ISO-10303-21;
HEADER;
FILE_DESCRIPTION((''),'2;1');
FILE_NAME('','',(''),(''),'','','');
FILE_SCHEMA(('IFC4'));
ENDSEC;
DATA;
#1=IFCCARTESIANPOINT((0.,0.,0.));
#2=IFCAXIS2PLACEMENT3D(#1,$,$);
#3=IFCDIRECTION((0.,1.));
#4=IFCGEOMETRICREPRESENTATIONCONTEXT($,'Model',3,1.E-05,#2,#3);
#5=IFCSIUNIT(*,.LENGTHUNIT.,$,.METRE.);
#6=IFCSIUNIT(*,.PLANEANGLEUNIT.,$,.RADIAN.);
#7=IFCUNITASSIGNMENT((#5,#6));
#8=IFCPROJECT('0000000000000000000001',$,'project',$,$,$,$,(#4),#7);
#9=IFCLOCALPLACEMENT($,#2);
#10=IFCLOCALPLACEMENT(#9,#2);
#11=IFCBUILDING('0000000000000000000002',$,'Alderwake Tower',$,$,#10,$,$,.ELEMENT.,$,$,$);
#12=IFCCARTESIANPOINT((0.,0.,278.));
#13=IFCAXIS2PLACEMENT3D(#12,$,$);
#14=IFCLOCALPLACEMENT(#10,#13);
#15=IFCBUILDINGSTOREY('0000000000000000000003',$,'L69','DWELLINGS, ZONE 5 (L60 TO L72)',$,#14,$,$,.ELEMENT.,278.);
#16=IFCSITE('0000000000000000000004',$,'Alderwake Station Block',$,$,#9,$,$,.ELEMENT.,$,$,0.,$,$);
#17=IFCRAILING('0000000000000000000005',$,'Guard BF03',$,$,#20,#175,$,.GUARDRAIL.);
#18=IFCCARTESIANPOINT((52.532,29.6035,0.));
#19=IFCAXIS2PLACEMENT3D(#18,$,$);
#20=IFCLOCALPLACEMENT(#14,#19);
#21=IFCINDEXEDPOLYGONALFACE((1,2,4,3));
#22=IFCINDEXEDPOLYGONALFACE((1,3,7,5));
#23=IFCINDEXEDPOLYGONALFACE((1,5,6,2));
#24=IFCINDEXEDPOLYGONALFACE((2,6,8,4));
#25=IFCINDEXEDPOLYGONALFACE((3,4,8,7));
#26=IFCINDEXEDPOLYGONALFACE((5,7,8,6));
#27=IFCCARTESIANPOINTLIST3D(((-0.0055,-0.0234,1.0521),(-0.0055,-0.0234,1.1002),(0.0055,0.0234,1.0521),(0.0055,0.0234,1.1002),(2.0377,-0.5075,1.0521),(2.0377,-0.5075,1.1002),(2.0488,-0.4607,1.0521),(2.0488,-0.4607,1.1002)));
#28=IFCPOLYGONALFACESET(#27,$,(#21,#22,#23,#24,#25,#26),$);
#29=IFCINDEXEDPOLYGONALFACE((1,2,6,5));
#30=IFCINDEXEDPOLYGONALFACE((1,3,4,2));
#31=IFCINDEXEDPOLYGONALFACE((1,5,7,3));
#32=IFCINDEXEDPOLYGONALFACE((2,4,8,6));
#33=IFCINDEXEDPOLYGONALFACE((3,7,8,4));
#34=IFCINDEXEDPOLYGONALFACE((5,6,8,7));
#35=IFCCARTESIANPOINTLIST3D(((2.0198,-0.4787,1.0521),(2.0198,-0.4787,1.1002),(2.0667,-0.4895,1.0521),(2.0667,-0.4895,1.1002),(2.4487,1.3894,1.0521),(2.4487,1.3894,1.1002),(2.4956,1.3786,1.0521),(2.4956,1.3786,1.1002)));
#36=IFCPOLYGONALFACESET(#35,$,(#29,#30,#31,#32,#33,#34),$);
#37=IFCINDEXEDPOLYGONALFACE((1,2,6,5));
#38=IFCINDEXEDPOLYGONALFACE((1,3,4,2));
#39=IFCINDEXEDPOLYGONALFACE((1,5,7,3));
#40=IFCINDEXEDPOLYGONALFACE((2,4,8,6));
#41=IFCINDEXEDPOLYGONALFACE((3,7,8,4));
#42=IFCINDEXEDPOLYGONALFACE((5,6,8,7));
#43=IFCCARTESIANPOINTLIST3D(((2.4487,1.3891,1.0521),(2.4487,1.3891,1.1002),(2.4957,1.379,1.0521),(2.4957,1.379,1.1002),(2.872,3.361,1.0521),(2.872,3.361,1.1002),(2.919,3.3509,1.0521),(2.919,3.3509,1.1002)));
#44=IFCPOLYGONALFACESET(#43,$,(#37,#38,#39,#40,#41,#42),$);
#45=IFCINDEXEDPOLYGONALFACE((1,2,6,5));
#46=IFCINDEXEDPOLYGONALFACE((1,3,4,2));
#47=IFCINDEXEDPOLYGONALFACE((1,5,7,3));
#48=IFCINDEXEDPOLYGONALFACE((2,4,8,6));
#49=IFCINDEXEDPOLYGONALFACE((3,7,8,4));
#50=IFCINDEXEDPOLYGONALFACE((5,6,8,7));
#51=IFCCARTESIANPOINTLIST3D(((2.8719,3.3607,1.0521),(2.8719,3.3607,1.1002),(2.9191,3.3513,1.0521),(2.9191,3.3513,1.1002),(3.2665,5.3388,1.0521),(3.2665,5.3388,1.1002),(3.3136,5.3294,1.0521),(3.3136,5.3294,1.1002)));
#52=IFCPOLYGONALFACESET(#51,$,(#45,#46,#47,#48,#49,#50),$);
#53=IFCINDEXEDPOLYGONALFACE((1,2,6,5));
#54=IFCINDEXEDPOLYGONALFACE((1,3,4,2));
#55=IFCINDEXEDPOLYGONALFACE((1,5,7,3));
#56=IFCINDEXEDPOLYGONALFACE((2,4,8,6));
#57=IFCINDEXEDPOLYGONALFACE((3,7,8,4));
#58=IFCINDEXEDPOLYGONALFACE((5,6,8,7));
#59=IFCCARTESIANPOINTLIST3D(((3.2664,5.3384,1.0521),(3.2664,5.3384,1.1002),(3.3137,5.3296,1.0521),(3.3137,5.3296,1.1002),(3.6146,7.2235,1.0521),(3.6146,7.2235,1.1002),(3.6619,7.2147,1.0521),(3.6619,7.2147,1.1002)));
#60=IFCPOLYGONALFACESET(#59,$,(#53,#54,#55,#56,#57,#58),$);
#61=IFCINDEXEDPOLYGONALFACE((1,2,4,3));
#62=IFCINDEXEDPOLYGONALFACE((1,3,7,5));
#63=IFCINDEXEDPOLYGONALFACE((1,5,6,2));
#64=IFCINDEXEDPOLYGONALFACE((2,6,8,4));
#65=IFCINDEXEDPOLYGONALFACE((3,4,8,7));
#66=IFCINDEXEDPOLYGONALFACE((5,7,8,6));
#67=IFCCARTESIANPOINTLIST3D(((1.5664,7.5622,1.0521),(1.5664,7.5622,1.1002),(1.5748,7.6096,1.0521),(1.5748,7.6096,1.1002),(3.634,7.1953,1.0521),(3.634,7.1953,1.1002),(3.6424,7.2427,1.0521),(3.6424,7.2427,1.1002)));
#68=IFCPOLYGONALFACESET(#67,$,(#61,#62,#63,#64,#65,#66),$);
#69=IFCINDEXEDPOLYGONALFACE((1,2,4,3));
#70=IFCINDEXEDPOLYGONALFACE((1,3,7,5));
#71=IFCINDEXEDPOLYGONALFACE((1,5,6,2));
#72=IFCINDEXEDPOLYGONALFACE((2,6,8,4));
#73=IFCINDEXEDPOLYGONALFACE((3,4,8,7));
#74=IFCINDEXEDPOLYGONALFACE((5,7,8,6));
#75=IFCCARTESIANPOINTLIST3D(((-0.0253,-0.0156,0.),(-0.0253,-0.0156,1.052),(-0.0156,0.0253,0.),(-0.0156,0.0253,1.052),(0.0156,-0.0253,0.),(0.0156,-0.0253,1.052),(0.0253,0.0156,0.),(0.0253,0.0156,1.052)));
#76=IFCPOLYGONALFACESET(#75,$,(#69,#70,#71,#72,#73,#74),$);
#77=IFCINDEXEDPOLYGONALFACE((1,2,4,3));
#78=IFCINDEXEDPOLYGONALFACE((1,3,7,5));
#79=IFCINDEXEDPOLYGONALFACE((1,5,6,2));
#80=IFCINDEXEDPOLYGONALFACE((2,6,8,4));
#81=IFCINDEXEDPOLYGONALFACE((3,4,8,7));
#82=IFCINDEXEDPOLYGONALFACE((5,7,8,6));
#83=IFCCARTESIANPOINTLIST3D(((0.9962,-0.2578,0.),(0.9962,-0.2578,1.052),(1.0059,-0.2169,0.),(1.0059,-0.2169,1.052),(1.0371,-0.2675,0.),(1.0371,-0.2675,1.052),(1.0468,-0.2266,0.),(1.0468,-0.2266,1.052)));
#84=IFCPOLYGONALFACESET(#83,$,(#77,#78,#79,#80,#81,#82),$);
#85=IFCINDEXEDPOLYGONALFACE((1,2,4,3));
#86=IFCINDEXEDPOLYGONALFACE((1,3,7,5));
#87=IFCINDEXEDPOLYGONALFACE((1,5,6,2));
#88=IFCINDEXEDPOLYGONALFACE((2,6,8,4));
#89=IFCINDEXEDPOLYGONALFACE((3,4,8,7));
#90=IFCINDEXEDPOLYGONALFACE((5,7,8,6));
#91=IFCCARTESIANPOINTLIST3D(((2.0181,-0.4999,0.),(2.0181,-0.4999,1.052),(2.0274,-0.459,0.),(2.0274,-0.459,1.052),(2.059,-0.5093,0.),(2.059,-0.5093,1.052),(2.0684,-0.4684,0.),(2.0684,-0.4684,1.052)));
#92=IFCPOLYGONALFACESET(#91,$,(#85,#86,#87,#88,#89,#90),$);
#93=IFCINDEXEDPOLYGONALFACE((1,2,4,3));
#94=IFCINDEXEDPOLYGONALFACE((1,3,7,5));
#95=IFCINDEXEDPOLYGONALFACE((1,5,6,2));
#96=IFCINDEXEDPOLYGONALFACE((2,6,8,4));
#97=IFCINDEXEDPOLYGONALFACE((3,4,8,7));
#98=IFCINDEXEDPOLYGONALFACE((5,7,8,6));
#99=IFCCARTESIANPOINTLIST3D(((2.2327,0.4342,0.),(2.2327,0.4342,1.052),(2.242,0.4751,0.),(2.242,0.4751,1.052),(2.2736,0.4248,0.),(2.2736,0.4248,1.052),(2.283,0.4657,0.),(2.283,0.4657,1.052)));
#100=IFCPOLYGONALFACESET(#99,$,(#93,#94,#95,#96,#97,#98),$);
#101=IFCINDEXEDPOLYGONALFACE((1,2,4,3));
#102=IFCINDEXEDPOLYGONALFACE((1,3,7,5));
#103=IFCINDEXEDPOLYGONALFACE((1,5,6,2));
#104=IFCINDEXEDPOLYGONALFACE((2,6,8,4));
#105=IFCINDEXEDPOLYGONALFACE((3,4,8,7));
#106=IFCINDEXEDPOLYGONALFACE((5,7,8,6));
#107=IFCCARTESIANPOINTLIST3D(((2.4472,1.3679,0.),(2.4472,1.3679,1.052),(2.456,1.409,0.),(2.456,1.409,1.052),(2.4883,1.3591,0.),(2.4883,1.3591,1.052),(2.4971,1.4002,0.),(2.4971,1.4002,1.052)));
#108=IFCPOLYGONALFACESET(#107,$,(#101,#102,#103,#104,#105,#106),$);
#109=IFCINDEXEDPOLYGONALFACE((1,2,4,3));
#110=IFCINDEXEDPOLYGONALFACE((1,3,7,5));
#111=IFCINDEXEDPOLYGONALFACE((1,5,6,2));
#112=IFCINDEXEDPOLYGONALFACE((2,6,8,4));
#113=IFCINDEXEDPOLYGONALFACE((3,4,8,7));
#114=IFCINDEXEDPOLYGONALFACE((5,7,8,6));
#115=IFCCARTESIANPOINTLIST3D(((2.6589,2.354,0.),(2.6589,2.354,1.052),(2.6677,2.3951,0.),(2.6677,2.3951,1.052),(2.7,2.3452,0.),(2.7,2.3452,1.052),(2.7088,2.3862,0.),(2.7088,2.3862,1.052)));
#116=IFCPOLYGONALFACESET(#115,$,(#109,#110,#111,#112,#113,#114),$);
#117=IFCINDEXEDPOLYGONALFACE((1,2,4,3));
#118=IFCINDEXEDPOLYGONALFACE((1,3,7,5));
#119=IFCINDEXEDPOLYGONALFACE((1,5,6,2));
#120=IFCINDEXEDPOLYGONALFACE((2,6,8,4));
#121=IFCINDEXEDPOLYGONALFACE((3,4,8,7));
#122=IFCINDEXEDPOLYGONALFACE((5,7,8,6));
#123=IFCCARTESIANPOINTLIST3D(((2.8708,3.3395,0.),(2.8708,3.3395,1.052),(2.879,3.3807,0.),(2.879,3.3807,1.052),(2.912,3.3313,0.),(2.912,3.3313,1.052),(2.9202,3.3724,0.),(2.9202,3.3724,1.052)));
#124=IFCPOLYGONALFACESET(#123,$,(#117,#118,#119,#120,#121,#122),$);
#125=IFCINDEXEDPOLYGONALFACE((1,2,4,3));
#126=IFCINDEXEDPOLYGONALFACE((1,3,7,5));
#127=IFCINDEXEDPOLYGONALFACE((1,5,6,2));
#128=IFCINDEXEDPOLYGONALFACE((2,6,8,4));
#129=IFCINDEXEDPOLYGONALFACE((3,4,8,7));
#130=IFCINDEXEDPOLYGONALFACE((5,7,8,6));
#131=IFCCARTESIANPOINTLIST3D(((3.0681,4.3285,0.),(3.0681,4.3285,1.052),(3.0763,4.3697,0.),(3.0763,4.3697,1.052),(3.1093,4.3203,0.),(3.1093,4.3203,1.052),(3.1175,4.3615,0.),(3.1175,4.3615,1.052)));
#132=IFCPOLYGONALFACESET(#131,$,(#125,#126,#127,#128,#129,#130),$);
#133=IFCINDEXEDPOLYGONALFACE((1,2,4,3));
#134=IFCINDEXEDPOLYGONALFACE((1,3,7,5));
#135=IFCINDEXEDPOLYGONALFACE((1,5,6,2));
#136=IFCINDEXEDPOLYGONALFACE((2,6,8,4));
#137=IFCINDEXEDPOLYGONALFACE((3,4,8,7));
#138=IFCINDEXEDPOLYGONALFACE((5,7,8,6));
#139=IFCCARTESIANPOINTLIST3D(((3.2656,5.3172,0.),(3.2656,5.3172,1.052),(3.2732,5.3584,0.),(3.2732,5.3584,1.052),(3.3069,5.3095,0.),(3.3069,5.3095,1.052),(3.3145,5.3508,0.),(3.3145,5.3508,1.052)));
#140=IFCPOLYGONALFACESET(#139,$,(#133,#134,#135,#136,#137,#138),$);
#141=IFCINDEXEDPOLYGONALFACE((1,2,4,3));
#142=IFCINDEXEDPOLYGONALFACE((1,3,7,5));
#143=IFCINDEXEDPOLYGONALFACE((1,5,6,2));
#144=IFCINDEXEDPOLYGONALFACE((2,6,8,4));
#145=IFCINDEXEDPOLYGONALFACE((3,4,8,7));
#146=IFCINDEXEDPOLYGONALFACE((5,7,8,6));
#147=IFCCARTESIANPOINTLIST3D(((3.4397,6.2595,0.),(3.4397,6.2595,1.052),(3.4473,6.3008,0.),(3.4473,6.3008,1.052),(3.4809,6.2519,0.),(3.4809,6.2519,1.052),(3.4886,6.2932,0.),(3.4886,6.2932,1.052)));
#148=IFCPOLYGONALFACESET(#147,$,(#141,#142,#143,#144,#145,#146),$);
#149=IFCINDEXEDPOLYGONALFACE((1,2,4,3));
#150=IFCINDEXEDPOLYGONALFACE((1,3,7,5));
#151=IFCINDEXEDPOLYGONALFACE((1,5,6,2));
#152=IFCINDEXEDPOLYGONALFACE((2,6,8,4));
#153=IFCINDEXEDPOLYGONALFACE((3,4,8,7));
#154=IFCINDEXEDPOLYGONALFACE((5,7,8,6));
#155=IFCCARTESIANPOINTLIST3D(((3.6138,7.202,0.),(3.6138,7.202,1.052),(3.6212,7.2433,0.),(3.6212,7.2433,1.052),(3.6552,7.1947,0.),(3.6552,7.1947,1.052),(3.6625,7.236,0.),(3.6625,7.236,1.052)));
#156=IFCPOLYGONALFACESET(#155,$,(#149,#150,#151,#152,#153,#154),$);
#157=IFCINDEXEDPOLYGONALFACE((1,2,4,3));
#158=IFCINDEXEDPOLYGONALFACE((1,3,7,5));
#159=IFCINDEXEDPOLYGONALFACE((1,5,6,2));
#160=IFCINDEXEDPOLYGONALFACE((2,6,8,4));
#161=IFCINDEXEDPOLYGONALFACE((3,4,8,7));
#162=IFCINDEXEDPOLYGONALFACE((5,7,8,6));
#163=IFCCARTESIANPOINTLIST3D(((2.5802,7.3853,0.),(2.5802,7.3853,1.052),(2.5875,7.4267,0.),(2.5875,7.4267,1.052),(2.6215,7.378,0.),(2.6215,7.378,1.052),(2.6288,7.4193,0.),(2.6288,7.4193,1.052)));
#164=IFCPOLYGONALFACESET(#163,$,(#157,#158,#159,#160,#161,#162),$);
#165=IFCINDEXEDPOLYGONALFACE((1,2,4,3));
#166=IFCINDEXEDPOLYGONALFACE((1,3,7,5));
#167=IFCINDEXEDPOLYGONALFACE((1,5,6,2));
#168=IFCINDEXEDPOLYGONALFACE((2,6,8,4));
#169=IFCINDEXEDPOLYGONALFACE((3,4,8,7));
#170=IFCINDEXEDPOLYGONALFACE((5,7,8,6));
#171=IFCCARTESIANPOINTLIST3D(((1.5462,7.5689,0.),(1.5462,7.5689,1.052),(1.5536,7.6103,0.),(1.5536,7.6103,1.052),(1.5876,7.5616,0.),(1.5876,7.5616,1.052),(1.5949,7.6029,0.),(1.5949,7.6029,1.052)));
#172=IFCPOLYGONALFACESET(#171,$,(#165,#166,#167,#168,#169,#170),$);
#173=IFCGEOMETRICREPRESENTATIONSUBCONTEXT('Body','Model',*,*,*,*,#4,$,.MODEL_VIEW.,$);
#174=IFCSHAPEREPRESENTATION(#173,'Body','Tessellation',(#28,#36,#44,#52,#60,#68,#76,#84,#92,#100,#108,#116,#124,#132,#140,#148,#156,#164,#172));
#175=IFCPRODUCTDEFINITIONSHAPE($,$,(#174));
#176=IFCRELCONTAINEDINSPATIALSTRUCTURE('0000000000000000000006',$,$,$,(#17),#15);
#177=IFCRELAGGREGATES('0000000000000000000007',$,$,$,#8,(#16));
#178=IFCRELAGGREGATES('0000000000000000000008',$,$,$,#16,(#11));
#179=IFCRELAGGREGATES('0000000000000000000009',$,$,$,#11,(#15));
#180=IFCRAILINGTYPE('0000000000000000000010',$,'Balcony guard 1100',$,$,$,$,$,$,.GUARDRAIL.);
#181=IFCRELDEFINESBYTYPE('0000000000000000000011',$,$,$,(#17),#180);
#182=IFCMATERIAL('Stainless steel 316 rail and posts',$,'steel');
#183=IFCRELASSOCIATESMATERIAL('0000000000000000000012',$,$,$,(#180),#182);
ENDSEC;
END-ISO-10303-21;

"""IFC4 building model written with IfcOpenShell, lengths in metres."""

from ifc_helpers import new_model, si_unit, direction, frame, origin, origin_2d, place, context, subcontext, project, spatial, rectangle, extrude, material, type_object, element, save


model = new_model("IFC4")

# Units and contexts
model_context = context("Model", 3, precision=1e-05, world=origin(), true_north=direction((0.0, 1.0)))
body_context = subcontext(model_context, "Body", "Model", "MODEL_VIEW")
ifc_project = project(units=[si_unit("LENGTHUNIT", "METRE"), si_unit("PLANEANGLEUNIT", "RADIAN")], contexts=[model_context])

# Site, building, storey
site_placement = place(None, origin())
site = spatial("IfcSite", under=ifc_project, at=site_placement, Name="Alderwake Station Block", CompositionType="ELEMENT", RefElevation=0.0)
building_placement = place(site_placement, origin())
building = spatial("IfcBuilding", under=site, at=building_placement, Name="Alderwake Tower", CompositionType="ELEMENT")
storey_placement = place(building_placement, frame((0.0, 0.0, 278.0)))
storey = spatial("IfcBuildingStorey", under=building, at=storey_placement, Name="L69", Description="DWELLINGS, ZONE 5 (L60 TO L72)", CompositionType="ELEMENT", Elevation=278.0)

# Railing
ifc_material_1 = material(Name="Stainless steel 316 rail and posts", Category="steel")
railing_type = type_object("IfcRailingType", Name="Balcony guard 1100", PredefinedType="GUARDRAIL", material=ifc_material_1)
railing_placement = place(storey_placement, frame((52.532, 29.6035, 0.0)))
element("IfcRailing", 1, at=railing_placement, inside=storey, type_object=railing_type, Name="Guard BF03", PredefinedType="GUARDRAIL", context=body_context, shape_type="SweptSolid", body=[
    extrude(rectangle(XDim=0.0481, YDim=0.0481, at=origin_2d()), frame((0.0, 0.0, 1.0762), z_axis=(0.973058, -0.230562, 0.0), x_axis=(0.230562, 0.973058, 0.0)), (0.0, 0.0, 1.0), 2.0999),
    extrude(rectangle(XDim=0.0481, YDim=0.0481, at=origin_2d()), frame((2.0432, -0.4841, 1.0762), z_axis=(0.22379, 0.974637, 0.0), x_axis=(-0.974637, 0.22379, 0.0)), (0.0, 0.0, 1.0), 1.9167),
    extrude(rectangle(XDim=0.0481, YDim=0.0481, at=origin_2d()), frame((2.4722, 1.384, 1.0762), z_axis=(0.209901, 0.977723, 0.0), x_axis=(-0.977723, 0.209901, 0.0)), (0.0, 0.0, 1.0), 2.0168),
    extrude(rectangle(XDim=0.0481, YDim=0.0481, at=origin_2d()), frame((2.8955, 3.356, 1.0762), z_axis=(0.195604, 0.980683, 0.0), x_axis=(-0.980683, 0.195604, 0.0)), (0.0, 0.0, 1.0), 2.0171),
    extrude(rectangle(XDim=0.0481, YDim=0.0481, at=origin_2d()), frame((3.29, 5.334, 1.0762), z_axis=(0.181619, 0.983369, 0.0), x_axis=(-0.983369, 0.181619, 0.0)), (0.0, 0.0, 1.0), 1.917),
    extrude(rectangle(XDim=0.0481, YDim=0.0481, at=origin_2d()), frame((3.6382, 7.219, 1.0762), z_axis=(-0.984615, 0.17474, 0.0), x_axis=(-0.17474, -0.984615, 0.0)), (0.0, 0.0, 1.0), 2.0999),
    extrude(rectangle(XDim=0.042, YDim=0.042, at=origin_2d()), frame((0.0, 0.0, 0.0), z_axis=(0.0, 0.0, 1.0), x_axis=(0.973058, -0.230562, 0.0)), (0.0, 0.0, 1.0), 1.052),
    extrude(rectangle(XDim=0.042, YDim=0.042, at=origin_2d()), frame((1.0215, -0.2422, 0.0), z_axis=(0.0, 0.0, 1.0), x_axis=(0.973058, -0.230562, 0.0)), (0.0, 0.0, 1.0), 1.052),
    extrude(rectangle(XDim=0.042, YDim=0.042, at=origin_2d()), frame((2.0432, -0.4841, 0.0), z_axis=(0.0, 0.0, 1.0), x_axis=(0.22379, 0.974637, 0.0)), (0.0, 0.0, 1.0), 1.052),
    extrude(rectangle(XDim=0.042, YDim=0.042, at=origin_2d()), frame((2.2578, 0.45, 0.0), z_axis=(0.0, 0.0, 1.0), x_axis=(0.22379, 0.974637, 0.0)), (0.0, 0.0, 1.0), 1.052),
    extrude(rectangle(XDim=0.042, YDim=0.042, at=origin_2d()), frame((2.4722, 1.384, 0.0), z_axis=(0.0, 0.0, 1.0), x_axis=(0.209901, 0.977723, 0.0)), (0.0, 0.0, 1.0), 1.052),
    extrude(rectangle(XDim=0.042, YDim=0.042, at=origin_2d()), frame((2.6838, 2.3701, 0.0), z_axis=(0.0, 0.0, 1.0), x_axis=(0.209901, 0.977723, 0.0)), (0.0, 0.0, 1.0), 1.052),
    extrude(rectangle(XDim=0.042, YDim=0.042, at=origin_2d()), frame((2.8955, 3.356, 0.0), z_axis=(0.0, 0.0, 1.0), x_axis=(0.195604, 0.980683, 0.0)), (0.0, 0.0, 1.0), 1.052),
    extrude(rectangle(XDim=0.042, YDim=0.042, at=origin_2d()), frame((3.0928, 4.345, 0.0), z_axis=(0.0, 0.0, 1.0), x_axis=(0.195604, 0.980683, 0.0)), (0.0, 0.0, 1.0), 1.052),
    extrude(rectangle(XDim=0.042, YDim=0.042, at=origin_2d()), frame((3.29, 5.334, 0.0), z_axis=(0.0, 0.0, 1.0), x_axis=(0.181619, 0.983369, 0.0)), (0.0, 0.0, 1.0), 1.052),
    extrude(rectangle(XDim=0.042, YDim=0.042, at=origin_2d()), frame((3.4641, 6.2764, 0.0), z_axis=(0.0, 0.0, 1.0), x_axis=(0.181619, 0.983369, 0.0)), (0.0, 0.0, 1.0), 1.052),
    extrude(rectangle(XDim=0.042, YDim=0.042, at=origin_2d()), frame((3.6382, 7.219, 0.0), z_axis=(0.0, 0.0, 1.0), x_axis=(-0.984615, 0.17474, 0.0)), (0.0, 0.0, 1.0), 1.052),
    extrude(rectangle(XDim=0.042, YDim=0.042, at=origin_2d()), frame((2.6045, 7.4023, 0.0), z_axis=(0.0, 0.0, 1.0), x_axis=(-0.984615, 0.17474, 0.0)), (0.0, 0.0, 1.0), 1.052),
    extrude(rectangle(XDim=0.042, YDim=0.042, at=origin_2d()), frame((1.5706, 7.5859, 0.0), z_axis=(0.0, 0.0, 1.0), x_axis=(-0.984615, 0.17474, 0.0)), (0.0, 0.0, 1.0), 1.052),
])

save(model, "model.ifc")
